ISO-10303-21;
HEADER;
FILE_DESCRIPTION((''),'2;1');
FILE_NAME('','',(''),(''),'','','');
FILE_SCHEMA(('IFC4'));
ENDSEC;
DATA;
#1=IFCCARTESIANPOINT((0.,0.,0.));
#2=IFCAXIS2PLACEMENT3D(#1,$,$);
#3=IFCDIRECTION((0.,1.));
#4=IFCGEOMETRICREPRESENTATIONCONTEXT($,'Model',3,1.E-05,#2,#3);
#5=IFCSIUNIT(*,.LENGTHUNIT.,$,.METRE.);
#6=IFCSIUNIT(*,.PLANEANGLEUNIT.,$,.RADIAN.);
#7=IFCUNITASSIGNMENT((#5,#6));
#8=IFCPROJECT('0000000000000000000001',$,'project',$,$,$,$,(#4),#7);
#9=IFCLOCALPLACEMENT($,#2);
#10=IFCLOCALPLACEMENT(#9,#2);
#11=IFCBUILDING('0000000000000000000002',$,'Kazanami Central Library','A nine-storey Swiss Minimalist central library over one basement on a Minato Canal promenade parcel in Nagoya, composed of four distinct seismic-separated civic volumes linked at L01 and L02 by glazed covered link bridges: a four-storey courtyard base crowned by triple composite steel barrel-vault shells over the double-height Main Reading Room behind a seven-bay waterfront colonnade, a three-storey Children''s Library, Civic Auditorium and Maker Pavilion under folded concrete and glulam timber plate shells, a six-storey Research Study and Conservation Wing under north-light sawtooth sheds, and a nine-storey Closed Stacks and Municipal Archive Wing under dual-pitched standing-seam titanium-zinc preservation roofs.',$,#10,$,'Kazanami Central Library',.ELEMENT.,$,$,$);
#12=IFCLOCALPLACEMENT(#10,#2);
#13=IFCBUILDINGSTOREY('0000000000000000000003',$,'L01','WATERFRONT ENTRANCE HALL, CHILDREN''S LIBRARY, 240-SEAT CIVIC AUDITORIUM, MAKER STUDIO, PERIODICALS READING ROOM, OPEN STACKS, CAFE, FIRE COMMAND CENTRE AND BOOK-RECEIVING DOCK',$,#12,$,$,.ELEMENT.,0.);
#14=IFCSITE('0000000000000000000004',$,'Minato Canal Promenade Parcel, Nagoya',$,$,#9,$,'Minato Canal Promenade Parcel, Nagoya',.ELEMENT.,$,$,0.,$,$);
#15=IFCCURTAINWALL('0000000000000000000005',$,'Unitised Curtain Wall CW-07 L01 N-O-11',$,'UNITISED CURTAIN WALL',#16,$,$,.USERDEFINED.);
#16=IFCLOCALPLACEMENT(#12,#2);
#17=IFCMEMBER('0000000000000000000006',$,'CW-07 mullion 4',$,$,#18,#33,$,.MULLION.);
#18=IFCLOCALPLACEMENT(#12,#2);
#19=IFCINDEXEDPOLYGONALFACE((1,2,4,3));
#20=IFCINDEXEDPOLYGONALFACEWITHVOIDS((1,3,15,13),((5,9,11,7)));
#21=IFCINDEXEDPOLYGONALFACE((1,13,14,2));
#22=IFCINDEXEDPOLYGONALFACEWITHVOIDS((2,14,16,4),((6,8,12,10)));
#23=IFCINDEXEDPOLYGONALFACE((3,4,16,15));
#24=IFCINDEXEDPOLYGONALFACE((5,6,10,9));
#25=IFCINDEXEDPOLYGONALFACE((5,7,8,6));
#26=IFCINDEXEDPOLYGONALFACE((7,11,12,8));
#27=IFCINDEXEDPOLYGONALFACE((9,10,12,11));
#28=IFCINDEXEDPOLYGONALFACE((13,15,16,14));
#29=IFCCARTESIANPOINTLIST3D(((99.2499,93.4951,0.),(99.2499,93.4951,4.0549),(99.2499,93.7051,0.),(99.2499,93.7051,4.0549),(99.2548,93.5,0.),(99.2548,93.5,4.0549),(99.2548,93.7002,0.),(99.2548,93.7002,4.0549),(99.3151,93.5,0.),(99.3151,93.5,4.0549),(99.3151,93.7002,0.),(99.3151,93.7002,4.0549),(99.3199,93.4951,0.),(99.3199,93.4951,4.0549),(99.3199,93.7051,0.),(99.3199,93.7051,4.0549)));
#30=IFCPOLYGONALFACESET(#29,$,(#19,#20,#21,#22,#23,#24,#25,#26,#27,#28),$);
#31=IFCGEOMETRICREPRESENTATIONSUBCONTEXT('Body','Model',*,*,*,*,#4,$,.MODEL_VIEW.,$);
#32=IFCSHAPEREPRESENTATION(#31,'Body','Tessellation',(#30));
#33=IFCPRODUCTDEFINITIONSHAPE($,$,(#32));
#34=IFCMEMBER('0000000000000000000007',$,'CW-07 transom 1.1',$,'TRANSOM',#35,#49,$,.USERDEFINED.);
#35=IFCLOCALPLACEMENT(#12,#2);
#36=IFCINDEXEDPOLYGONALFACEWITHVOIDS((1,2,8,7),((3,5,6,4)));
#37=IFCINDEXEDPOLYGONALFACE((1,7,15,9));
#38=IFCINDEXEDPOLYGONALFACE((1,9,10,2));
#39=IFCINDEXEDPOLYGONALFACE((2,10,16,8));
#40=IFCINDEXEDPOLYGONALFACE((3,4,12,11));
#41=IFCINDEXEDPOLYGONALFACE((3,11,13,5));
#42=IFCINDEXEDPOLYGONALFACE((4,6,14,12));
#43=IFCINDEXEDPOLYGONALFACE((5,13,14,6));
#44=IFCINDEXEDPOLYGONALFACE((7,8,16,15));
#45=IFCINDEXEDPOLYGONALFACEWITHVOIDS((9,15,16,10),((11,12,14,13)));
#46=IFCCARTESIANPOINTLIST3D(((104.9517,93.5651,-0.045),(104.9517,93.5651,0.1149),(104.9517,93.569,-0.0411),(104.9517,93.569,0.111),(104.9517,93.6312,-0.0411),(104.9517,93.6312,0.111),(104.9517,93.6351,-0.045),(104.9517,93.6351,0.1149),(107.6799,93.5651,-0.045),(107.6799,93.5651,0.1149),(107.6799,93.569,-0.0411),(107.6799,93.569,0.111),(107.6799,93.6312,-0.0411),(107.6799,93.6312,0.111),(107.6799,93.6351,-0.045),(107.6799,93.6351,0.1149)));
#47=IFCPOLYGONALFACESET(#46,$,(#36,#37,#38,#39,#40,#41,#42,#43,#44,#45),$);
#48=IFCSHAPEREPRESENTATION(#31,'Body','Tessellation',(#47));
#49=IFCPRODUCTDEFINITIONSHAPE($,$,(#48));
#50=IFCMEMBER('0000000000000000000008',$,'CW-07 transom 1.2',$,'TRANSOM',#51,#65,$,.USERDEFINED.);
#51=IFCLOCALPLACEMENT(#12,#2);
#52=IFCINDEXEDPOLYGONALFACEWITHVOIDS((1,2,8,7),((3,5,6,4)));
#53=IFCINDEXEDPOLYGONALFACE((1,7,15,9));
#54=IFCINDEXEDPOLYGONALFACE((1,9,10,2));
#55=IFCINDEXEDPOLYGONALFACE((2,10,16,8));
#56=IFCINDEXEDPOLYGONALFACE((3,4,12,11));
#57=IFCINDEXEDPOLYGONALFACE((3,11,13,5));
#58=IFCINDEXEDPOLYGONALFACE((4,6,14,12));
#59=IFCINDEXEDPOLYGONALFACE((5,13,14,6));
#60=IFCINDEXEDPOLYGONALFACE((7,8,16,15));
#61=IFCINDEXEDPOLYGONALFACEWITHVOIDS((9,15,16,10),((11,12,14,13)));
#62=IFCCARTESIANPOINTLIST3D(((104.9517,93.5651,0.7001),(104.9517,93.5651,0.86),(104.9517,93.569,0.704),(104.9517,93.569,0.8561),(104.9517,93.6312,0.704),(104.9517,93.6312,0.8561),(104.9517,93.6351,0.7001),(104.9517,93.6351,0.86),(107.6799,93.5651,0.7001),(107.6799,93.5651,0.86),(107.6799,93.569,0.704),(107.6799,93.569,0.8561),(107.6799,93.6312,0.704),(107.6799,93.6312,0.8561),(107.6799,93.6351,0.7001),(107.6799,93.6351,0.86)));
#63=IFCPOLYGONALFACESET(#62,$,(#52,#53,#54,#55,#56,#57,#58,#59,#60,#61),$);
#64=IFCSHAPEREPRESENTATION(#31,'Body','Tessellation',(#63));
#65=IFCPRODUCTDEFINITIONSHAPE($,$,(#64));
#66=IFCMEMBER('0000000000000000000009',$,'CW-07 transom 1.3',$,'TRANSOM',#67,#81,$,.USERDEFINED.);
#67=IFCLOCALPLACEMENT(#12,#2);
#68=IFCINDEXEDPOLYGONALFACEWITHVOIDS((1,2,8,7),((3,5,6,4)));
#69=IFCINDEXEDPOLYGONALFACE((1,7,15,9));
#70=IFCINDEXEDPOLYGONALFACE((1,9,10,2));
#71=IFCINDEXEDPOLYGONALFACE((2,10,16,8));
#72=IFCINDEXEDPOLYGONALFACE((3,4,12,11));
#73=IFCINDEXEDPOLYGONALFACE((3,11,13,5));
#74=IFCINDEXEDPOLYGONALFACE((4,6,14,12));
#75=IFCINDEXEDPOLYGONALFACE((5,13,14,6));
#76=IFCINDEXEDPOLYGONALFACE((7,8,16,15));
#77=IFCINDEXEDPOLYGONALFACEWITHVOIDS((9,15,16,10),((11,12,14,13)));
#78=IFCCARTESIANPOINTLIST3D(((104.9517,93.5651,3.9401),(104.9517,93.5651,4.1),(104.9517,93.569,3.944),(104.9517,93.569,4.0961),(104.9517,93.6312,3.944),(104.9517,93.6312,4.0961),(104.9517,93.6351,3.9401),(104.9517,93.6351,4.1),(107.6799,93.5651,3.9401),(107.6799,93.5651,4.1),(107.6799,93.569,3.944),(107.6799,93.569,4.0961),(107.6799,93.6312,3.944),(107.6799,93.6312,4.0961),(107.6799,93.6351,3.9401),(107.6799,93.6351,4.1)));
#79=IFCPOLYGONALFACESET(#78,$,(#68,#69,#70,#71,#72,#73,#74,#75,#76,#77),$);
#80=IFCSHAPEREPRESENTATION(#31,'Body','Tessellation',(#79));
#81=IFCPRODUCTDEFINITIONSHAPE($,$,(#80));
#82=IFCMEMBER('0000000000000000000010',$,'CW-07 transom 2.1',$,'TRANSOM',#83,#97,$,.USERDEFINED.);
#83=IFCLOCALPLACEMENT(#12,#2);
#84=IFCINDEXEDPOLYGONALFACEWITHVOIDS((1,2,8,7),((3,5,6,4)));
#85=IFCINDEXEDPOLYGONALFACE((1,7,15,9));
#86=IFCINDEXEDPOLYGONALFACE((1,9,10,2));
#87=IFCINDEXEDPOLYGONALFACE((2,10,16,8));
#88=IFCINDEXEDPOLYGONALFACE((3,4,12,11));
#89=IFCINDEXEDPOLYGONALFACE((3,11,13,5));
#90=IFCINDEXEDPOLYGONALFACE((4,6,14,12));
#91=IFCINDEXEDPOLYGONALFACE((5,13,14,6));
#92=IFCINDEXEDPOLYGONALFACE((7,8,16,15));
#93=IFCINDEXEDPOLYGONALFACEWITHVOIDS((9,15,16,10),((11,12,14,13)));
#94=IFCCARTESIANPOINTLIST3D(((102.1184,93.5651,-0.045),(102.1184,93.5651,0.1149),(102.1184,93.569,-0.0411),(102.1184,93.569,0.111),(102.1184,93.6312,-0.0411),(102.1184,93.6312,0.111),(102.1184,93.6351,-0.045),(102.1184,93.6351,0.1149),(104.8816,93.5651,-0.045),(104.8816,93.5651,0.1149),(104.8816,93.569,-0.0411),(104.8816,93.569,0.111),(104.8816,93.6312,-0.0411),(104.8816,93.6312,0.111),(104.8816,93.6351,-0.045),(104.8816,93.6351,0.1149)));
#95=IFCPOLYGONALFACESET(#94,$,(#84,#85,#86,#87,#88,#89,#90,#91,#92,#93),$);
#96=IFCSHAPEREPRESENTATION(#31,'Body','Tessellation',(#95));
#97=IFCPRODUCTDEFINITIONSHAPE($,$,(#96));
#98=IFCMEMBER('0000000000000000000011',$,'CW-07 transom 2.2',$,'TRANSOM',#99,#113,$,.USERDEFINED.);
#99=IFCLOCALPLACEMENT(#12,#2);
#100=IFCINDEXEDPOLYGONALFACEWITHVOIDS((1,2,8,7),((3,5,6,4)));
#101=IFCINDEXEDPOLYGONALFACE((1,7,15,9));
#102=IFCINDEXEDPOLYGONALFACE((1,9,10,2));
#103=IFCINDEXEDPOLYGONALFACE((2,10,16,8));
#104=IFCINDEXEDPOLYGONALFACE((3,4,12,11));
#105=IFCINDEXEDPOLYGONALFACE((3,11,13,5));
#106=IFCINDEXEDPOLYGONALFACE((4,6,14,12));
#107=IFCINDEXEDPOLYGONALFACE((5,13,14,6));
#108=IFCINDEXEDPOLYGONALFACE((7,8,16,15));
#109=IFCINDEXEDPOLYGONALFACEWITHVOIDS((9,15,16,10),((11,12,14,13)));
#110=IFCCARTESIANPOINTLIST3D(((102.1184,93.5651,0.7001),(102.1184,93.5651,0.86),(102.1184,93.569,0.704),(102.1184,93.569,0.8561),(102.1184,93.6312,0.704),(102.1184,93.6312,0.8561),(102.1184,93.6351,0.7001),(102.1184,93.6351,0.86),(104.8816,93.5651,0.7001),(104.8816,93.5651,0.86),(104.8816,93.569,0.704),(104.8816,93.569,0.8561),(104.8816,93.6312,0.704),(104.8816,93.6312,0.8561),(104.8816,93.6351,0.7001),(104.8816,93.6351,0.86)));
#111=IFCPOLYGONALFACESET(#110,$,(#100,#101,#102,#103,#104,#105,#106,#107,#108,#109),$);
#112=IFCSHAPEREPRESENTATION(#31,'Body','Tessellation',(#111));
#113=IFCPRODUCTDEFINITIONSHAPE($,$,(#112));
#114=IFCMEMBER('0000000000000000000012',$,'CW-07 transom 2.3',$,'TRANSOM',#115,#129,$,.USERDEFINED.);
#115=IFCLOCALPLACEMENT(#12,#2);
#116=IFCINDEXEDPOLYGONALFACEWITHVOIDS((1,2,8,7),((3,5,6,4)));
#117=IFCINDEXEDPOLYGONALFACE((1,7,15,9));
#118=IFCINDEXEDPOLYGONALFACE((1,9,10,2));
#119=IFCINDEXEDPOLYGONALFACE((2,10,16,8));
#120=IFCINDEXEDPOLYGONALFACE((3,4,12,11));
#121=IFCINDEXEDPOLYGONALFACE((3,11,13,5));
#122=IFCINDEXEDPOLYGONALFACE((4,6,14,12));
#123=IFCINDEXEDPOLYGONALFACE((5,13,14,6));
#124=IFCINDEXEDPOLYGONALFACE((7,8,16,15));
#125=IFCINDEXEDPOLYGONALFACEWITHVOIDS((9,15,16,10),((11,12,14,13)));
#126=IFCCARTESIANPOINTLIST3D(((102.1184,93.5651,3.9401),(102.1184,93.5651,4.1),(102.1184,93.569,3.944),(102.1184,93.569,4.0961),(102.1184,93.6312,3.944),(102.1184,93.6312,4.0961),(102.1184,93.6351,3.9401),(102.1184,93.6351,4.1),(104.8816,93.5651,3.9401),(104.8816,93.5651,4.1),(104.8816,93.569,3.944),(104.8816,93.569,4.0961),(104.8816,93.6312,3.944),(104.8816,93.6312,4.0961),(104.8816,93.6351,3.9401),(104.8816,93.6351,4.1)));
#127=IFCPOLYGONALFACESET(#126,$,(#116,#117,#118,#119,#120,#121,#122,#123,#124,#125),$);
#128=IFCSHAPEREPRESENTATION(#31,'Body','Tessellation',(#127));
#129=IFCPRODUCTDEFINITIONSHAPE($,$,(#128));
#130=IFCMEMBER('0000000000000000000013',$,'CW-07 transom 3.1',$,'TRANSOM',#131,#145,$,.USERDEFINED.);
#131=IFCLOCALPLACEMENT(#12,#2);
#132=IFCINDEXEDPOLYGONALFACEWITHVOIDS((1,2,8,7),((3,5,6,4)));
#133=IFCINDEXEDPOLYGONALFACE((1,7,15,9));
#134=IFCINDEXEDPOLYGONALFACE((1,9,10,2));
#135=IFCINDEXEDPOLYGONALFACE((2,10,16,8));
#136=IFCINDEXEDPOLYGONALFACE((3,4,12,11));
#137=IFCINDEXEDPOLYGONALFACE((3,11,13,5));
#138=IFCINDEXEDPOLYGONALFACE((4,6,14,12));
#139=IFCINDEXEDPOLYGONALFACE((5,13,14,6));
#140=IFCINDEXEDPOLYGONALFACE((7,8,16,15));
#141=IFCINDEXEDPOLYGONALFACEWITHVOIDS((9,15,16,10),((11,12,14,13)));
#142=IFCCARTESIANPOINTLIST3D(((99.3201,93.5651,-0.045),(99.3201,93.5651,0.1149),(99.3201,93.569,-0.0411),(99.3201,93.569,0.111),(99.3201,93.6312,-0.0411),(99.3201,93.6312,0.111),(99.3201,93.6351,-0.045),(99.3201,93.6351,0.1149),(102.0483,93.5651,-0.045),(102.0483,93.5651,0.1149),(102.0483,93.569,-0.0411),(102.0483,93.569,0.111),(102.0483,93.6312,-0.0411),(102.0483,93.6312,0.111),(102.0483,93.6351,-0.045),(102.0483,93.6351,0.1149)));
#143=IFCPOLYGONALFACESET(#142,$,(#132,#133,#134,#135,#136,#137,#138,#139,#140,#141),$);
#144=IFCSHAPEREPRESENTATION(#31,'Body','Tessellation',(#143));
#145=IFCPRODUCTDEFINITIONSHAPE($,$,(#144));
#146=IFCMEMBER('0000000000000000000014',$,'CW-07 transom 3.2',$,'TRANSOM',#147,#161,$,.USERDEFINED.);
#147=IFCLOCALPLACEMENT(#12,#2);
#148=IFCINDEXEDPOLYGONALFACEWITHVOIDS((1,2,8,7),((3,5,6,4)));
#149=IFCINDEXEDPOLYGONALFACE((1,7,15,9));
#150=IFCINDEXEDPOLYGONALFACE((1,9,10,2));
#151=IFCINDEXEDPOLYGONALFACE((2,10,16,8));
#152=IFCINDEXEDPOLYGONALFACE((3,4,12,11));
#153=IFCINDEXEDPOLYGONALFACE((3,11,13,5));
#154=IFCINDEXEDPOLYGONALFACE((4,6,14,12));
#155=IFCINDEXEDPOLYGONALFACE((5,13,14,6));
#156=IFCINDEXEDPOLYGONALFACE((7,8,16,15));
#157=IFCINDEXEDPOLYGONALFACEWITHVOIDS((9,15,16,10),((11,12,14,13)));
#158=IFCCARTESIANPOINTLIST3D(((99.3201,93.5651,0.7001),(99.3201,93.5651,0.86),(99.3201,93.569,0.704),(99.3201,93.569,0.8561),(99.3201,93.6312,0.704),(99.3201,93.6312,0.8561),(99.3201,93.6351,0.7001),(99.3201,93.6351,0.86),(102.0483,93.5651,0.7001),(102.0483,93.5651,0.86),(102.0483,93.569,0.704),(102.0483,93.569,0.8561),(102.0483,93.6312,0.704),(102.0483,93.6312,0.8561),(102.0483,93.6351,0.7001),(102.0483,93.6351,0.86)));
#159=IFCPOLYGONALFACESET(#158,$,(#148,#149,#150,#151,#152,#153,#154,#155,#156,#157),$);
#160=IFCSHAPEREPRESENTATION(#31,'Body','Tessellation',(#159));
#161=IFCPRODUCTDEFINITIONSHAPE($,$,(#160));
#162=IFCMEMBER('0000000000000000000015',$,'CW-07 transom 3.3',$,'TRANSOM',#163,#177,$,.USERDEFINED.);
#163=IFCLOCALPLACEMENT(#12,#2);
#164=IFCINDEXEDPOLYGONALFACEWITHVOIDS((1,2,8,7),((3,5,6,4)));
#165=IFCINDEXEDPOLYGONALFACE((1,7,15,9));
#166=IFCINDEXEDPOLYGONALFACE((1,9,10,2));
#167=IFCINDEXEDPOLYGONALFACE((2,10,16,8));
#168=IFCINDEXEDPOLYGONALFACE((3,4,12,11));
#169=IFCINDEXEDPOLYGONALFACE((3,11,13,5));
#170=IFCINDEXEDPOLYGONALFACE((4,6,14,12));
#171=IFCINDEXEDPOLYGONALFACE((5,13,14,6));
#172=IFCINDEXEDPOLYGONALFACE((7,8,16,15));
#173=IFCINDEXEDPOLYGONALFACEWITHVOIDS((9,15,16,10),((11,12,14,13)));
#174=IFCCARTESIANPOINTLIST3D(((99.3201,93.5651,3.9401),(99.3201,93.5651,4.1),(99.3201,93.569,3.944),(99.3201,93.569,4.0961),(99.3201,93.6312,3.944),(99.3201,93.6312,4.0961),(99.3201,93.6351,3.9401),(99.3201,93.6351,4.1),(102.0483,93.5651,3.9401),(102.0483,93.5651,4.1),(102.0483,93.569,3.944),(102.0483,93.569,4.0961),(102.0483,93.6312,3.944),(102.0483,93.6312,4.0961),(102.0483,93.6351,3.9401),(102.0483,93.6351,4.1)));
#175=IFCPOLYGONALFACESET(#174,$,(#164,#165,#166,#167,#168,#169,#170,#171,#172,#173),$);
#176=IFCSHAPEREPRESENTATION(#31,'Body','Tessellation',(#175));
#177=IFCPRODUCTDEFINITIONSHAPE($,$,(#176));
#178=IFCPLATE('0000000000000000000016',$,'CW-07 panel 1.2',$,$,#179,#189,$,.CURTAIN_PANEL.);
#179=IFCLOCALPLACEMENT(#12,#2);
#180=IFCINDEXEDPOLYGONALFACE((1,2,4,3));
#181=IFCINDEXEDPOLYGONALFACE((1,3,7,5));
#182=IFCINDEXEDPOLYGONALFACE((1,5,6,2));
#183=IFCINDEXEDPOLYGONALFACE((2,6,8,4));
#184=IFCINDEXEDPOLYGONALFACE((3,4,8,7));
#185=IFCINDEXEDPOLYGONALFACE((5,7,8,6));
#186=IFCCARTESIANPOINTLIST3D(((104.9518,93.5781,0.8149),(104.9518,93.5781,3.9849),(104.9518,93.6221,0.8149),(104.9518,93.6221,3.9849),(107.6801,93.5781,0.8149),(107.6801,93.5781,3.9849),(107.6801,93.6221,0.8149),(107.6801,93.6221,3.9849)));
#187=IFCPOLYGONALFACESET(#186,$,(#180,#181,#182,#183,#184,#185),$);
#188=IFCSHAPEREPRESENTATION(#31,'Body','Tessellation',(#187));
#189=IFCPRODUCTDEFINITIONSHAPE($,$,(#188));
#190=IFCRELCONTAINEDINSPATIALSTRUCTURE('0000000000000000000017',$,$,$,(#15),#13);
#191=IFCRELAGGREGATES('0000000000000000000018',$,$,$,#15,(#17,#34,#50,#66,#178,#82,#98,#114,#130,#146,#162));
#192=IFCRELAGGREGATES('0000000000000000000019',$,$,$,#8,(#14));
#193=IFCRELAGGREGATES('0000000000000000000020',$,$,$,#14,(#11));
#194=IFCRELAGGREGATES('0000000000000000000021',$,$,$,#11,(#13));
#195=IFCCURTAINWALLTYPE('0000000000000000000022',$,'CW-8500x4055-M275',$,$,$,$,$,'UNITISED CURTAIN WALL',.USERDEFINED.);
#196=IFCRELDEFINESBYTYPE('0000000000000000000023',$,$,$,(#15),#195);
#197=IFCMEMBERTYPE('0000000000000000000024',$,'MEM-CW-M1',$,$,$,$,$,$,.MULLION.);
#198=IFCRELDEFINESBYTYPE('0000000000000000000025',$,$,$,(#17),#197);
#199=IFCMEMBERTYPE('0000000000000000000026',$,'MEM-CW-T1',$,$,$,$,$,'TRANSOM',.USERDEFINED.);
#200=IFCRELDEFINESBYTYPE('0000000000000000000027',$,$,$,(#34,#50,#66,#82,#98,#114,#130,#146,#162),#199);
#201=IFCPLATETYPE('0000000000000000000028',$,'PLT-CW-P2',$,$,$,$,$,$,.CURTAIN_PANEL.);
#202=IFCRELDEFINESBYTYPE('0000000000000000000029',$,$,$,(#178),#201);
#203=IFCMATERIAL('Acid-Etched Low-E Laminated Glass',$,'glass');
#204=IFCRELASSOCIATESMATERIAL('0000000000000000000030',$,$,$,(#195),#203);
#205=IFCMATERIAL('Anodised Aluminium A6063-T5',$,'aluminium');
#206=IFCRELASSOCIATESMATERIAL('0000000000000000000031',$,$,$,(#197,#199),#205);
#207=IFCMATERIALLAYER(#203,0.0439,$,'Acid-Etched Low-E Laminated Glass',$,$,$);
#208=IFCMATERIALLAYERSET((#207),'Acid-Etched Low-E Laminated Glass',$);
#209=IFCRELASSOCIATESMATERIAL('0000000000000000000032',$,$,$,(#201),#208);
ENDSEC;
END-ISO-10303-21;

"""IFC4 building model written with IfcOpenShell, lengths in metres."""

from ifc_helpers import new_model, si_unit, direction, frame, origin, origin_2d, place, context, subcontext, project, spatial, rectangle, hollow_rectangle, extrude, material, layer, layer_set, material_profile, profile_set, type_object, element, aggregate, save


model = new_model("IFC4")

# Units and contexts
model_context = context("Model", 3, precision=1e-05, world=origin(), true_north=direction((0.0, 1.0)))
body_context = subcontext(model_context, "Body", "Model", "MODEL_VIEW")
ifc_project = project(units=[si_unit("LENGTHUNIT", "METRE"), si_unit("PLANEANGLEUNIT", "RADIAN")], contexts=[model_context])

# Site, building, storey
site_placement = place(None, origin())
site = spatial("IfcSite", under=ifc_project, at=site_placement, Name="Minato Canal Promenade Parcel, Nagoya", LongName="Minato Canal Promenade Parcel, Nagoya", CompositionType="ELEMENT", RefElevation=0.0)
building_placement = place(site_placement, origin())
building = spatial("IfcBuilding", under=site, at=building_placement, Name="Kazanami Central Library", Description="A nine-storey Swiss Minimalist central library over one basement on a Minato Canal promenade parcel in Nagoya, composed of four distinct seismic-separated civic volumes linked at L01 and L02 by glazed covered link bridges: a four-storey courtyard base crowned by triple composite steel barrel-vault shells over the double-height Main Reading Room behind a seven-bay waterfront colonnade, a three-storey Children's Library, Civic Auditorium and Maker Pavilion under folded concrete and glulam timber plate shells, a six-storey Research Study and Conservation Wing under north-light sawtooth sheds, and a nine-storey Closed Stacks and Municipal Archive Wing under dual-pitched standing-seam titanium-zinc preservation roofs.", LongName="Kazanami Central Library", CompositionType="ELEMENT")
storey_placement = place(building_placement, origin())
storey = spatial("IfcBuildingStorey", under=building, at=storey_placement, Name="L01", Description="WATERFRONT ENTRANCE HALL, CHILDREN'S LIBRARY, 240-SEAT CIVIC AUDITORIUM, MAKER STUDIO, PERIODICALS READING ROOM, OPEN STACKS, CAFE, FIRE COMMAND CENTRE AND BOOK-RECEIVING DOCK", CompositionType="ELEMENT", Elevation=0.0)

# Curtain wall, members, plate
ifc_material_1 = material(Name="Acid-Etched Low-E Laminated Glass", Category="glass")
curtain_wall_type = type_object("IfcCurtainWallType", Name="CW-8500x4055-M275", ElementType="UNITISED CURTAIN WALL", PredefinedType="USERDEFINED", material=ifc_material_1)
curtain_wall_placement = place(storey_placement, origin())
curtain_wall = element("IfcCurtainWall", 1, at=curtain_wall_placement, inside=storey, type_object=curtain_wall_type, Name="Unitised Curtain Wall CW-07 L01 N-O-11", ObjectType="UNITISED CURTAIN WALL", PredefinedType="USERDEFINED")
ifc_material_2 = material(Name="Anodised Aluminium A6063-T5", Category="aluminium")
ifc_material_profile_1 = material_profile(ifc_material_2, hollow_rectangle(XDim=0.0701, YDim=0.21, WallThickness=0.0049, at=origin_2d()), Name="ALU-MULL-70x210x5")
ifc_profile_set_1 = profile_set([ifc_material_profile_1], Name="Anodised Aluminium A6063-T5")
member_type_1 = type_object("IfcMemberType", Name="MEM-CW-M1", PredefinedType="MULLION", material=ifc_profile_set_1)
member_1_placement = place(storey_placement, frame((99.2849, 93.6001, 0.0), z_axis=(0.0, 0.0, 1.0), x_axis=(-1.0, 0.0, 0.0)))
member_1 = element("IfcMember", 2, at=member_1_placement, type_object=member_type_1, Name="CW-07 mullion 4", PredefinedType="MULLION", context=body_context, shape_type="SweptSolid", body=[
    extrude(hollow_rectangle(XDim=0.0701, YDim=0.21, WallThickness=0.0049, at=origin_2d()), origin(), (0.0, 0.0, 1.0), 4.0549),
])
ifc_material_profile_2 = material_profile(ifc_material_2, hollow_rectangle(XDim=0.0701, YDim=0.1599, WallThickness=0.0039, at=origin_2d()), Name="ALU-TRAN-70x160x4")
ifc_profile_set_2 = profile_set([ifc_material_profile_2], Name="Anodised Aluminium A6063-T5")
member_type_2 = type_object("IfcMemberType", Name="MEM-CW-T1", ElementType="TRANSOM", PredefinedType="USERDEFINED", material=ifc_profile_set_2)
member_2_placement = place(storey_placement, frame((107.6799, 93.6001, 0.0349), z_axis=(-1.0, 0.0, 0.0), x_axis=(0.0, -1.0, 0.0)))
member_2 = element("IfcMember", 3, at=member_2_placement, type_object=member_type_2, Name="CW-07 transom 1.1", ObjectType="TRANSOM", PredefinedType="USERDEFINED", context=body_context, shape_type="SweptSolid", body=[
    extrude(hollow_rectangle(XDim=0.0701, YDim=0.1599, WallThickness=0.0039, at=origin_2d()), origin(), (0.0, 0.0, 1.0), 2.7283),
])
member_3_placement = place(storey_placement, frame((107.6799, 93.6001, 0.78), z_axis=(-1.0, 0.0, 0.0), x_axis=(0.0, -1.0, 0.0)))
member_3 = element("IfcMember", 4, at=member_3_placement, type_object=member_type_2, Name="CW-07 transom 1.2", ObjectType="TRANSOM", PredefinedType="USERDEFINED", context=body_context, shape_type="SweptSolid", body=[
    extrude(hollow_rectangle(XDim=0.0701, YDim=0.1599, WallThickness=0.0039, at=origin_2d()), origin(), (0.0, 0.0, 1.0), 2.7283),
])
member_4_placement = place(storey_placement, frame((107.6799, 93.6001, 4.02), z_axis=(-1.0, 0.0, 0.0), x_axis=(0.0, -1.0, 0.0)))
member_4 = element("IfcMember", 5, at=member_4_placement, type_object=member_type_2, Name="CW-07 transom 1.3", ObjectType="TRANSOM", PredefinedType="USERDEFINED", context=body_context, shape_type="SweptSolid", body=[
    extrude(hollow_rectangle(XDim=0.0701, YDim=0.1599, WallThickness=0.0039, at=origin_2d()), origin(), (0.0, 0.0, 1.0), 2.7283),
])
member_5_placement = place(storey_placement, frame((104.8816, 93.6001, 0.0349), z_axis=(-1.0, 0.0, 0.0), x_axis=(0.0, -1.0, 0.0)))
member_5 = element("IfcMember", 6, at=member_5_placement, type_object=member_type_2, Name="CW-07 transom 2.1", ObjectType="TRANSOM", PredefinedType="USERDEFINED", context=body_context, shape_type="SweptSolid", body=[
    extrude(hollow_rectangle(XDim=0.0701, YDim=0.1599, WallThickness=0.0039, at=origin_2d()), origin(), (0.0, 0.0, 1.0), 2.7632),
])
member_6_placement = place(storey_placement, frame((104.8816, 93.6001, 0.78), z_axis=(-1.0, 0.0, 0.0), x_axis=(0.0, -1.0, 0.0)))
member_6 = element("IfcMember", 7, at=member_6_placement, type_object=member_type_2, Name="CW-07 transom 2.2", ObjectType="TRANSOM", PredefinedType="USERDEFINED", context=body_context, shape_type="SweptSolid", body=[
    extrude(hollow_rectangle(XDim=0.0701, YDim=0.1599, WallThickness=0.0039, at=origin_2d()), origin(), (0.0, 0.0, 1.0), 2.7632),
])
member_7_placement = place(storey_placement, frame((104.8816, 93.6001, 4.02), z_axis=(-1.0, 0.0, 0.0), x_axis=(0.0, -1.0, 0.0)))
member_7 = element("IfcMember", 8, at=member_7_placement, type_object=member_type_2, Name="CW-07 transom 2.3", ObjectType="TRANSOM", PredefinedType="USERDEFINED", context=body_context, shape_type="SweptSolid", body=[
    extrude(hollow_rectangle(XDim=0.0701, YDim=0.1599, WallThickness=0.0039, at=origin_2d()), origin(), (0.0, 0.0, 1.0), 2.7632),
])
member_8_placement = place(storey_placement, frame((102.0483, 93.6001, 0.0349), z_axis=(-1.0, 0.0, 0.0), x_axis=(0.0, -1.0, 0.0)))
member_8 = element("IfcMember", 9, at=member_8_placement, type_object=member_type_2, Name="CW-07 transom 3.1", ObjectType="TRANSOM", PredefinedType="USERDEFINED", context=body_context, shape_type="SweptSolid", body=[
    extrude(hollow_rectangle(XDim=0.0701, YDim=0.1599, WallThickness=0.0039, at=origin_2d()), origin(), (0.0, 0.0, 1.0), 2.7283),
])
member_9_placement = place(storey_placement, frame((102.0483, 93.6001, 0.78), z_axis=(-1.0, 0.0, 0.0), x_axis=(0.0, -1.0, 0.0)))
member_9 = element("IfcMember", 10, at=member_9_placement, type_object=member_type_2, Name="CW-07 transom 3.2", ObjectType="TRANSOM", PredefinedType="USERDEFINED", context=body_context, shape_type="SweptSolid", body=[
    extrude(hollow_rectangle(XDim=0.0701, YDim=0.1599, WallThickness=0.0039, at=origin_2d()), origin(), (0.0, 0.0, 1.0), 2.7283),
])
member_10_placement = place(storey_placement, frame((102.0483, 93.6001, 4.02), z_axis=(-1.0, 0.0, 0.0), x_axis=(0.0, -1.0, 0.0)))
member_10 = element("IfcMember", 11, at=member_10_placement, type_object=member_type_2, Name="CW-07 transom 3.3", ObjectType="TRANSOM", PredefinedType="USERDEFINED", context=body_context, shape_type="SweptSolid", body=[
    extrude(hollow_rectangle(XDim=0.0701, YDim=0.1599, WallThickness=0.0039, at=origin_2d()), origin(), (0.0, 0.0, 1.0), 2.7283),
])
ifc_layer_1 = layer(ifc_material_1, 0.0439, Name="Acid-Etched Low-E Laminated Glass")
ifc_layer_set_1 = layer_set([ifc_layer_1], Name="Acid-Etched Low-E Laminated Glass")
plate_type_1 = type_object("IfcPlateType", Name="PLT-CW-P2", PredefinedType="CURTAIN_PANEL", material=ifc_layer_set_1)
plate_1_placement = place(storey_placement, frame((106.3159, 93.6001, 0.8149), z_axis=(0.0, 0.0, 1.0), x_axis=(-1.0, 0.0, 0.0)))
plate_1 = element("IfcPlate", 12, at=plate_1_placement, type_object=plate_type_1, Name="CW-07 panel 1.2", PredefinedType="CURTAIN_PANEL", context=body_context, shape_type="SweptSolid", body=[
    extrude(rectangle(XDim=2.7283, YDim=0.0439, at=origin_2d()), origin(), (0.0, 0.0, 1.0), 3.1699),
])
aggregate(curtain_wall, [member_1, member_2, member_3, member_4, plate_1, member_5, member_6, member_7, member_8, member_9, member_10])

save(model, "model.ifc")
